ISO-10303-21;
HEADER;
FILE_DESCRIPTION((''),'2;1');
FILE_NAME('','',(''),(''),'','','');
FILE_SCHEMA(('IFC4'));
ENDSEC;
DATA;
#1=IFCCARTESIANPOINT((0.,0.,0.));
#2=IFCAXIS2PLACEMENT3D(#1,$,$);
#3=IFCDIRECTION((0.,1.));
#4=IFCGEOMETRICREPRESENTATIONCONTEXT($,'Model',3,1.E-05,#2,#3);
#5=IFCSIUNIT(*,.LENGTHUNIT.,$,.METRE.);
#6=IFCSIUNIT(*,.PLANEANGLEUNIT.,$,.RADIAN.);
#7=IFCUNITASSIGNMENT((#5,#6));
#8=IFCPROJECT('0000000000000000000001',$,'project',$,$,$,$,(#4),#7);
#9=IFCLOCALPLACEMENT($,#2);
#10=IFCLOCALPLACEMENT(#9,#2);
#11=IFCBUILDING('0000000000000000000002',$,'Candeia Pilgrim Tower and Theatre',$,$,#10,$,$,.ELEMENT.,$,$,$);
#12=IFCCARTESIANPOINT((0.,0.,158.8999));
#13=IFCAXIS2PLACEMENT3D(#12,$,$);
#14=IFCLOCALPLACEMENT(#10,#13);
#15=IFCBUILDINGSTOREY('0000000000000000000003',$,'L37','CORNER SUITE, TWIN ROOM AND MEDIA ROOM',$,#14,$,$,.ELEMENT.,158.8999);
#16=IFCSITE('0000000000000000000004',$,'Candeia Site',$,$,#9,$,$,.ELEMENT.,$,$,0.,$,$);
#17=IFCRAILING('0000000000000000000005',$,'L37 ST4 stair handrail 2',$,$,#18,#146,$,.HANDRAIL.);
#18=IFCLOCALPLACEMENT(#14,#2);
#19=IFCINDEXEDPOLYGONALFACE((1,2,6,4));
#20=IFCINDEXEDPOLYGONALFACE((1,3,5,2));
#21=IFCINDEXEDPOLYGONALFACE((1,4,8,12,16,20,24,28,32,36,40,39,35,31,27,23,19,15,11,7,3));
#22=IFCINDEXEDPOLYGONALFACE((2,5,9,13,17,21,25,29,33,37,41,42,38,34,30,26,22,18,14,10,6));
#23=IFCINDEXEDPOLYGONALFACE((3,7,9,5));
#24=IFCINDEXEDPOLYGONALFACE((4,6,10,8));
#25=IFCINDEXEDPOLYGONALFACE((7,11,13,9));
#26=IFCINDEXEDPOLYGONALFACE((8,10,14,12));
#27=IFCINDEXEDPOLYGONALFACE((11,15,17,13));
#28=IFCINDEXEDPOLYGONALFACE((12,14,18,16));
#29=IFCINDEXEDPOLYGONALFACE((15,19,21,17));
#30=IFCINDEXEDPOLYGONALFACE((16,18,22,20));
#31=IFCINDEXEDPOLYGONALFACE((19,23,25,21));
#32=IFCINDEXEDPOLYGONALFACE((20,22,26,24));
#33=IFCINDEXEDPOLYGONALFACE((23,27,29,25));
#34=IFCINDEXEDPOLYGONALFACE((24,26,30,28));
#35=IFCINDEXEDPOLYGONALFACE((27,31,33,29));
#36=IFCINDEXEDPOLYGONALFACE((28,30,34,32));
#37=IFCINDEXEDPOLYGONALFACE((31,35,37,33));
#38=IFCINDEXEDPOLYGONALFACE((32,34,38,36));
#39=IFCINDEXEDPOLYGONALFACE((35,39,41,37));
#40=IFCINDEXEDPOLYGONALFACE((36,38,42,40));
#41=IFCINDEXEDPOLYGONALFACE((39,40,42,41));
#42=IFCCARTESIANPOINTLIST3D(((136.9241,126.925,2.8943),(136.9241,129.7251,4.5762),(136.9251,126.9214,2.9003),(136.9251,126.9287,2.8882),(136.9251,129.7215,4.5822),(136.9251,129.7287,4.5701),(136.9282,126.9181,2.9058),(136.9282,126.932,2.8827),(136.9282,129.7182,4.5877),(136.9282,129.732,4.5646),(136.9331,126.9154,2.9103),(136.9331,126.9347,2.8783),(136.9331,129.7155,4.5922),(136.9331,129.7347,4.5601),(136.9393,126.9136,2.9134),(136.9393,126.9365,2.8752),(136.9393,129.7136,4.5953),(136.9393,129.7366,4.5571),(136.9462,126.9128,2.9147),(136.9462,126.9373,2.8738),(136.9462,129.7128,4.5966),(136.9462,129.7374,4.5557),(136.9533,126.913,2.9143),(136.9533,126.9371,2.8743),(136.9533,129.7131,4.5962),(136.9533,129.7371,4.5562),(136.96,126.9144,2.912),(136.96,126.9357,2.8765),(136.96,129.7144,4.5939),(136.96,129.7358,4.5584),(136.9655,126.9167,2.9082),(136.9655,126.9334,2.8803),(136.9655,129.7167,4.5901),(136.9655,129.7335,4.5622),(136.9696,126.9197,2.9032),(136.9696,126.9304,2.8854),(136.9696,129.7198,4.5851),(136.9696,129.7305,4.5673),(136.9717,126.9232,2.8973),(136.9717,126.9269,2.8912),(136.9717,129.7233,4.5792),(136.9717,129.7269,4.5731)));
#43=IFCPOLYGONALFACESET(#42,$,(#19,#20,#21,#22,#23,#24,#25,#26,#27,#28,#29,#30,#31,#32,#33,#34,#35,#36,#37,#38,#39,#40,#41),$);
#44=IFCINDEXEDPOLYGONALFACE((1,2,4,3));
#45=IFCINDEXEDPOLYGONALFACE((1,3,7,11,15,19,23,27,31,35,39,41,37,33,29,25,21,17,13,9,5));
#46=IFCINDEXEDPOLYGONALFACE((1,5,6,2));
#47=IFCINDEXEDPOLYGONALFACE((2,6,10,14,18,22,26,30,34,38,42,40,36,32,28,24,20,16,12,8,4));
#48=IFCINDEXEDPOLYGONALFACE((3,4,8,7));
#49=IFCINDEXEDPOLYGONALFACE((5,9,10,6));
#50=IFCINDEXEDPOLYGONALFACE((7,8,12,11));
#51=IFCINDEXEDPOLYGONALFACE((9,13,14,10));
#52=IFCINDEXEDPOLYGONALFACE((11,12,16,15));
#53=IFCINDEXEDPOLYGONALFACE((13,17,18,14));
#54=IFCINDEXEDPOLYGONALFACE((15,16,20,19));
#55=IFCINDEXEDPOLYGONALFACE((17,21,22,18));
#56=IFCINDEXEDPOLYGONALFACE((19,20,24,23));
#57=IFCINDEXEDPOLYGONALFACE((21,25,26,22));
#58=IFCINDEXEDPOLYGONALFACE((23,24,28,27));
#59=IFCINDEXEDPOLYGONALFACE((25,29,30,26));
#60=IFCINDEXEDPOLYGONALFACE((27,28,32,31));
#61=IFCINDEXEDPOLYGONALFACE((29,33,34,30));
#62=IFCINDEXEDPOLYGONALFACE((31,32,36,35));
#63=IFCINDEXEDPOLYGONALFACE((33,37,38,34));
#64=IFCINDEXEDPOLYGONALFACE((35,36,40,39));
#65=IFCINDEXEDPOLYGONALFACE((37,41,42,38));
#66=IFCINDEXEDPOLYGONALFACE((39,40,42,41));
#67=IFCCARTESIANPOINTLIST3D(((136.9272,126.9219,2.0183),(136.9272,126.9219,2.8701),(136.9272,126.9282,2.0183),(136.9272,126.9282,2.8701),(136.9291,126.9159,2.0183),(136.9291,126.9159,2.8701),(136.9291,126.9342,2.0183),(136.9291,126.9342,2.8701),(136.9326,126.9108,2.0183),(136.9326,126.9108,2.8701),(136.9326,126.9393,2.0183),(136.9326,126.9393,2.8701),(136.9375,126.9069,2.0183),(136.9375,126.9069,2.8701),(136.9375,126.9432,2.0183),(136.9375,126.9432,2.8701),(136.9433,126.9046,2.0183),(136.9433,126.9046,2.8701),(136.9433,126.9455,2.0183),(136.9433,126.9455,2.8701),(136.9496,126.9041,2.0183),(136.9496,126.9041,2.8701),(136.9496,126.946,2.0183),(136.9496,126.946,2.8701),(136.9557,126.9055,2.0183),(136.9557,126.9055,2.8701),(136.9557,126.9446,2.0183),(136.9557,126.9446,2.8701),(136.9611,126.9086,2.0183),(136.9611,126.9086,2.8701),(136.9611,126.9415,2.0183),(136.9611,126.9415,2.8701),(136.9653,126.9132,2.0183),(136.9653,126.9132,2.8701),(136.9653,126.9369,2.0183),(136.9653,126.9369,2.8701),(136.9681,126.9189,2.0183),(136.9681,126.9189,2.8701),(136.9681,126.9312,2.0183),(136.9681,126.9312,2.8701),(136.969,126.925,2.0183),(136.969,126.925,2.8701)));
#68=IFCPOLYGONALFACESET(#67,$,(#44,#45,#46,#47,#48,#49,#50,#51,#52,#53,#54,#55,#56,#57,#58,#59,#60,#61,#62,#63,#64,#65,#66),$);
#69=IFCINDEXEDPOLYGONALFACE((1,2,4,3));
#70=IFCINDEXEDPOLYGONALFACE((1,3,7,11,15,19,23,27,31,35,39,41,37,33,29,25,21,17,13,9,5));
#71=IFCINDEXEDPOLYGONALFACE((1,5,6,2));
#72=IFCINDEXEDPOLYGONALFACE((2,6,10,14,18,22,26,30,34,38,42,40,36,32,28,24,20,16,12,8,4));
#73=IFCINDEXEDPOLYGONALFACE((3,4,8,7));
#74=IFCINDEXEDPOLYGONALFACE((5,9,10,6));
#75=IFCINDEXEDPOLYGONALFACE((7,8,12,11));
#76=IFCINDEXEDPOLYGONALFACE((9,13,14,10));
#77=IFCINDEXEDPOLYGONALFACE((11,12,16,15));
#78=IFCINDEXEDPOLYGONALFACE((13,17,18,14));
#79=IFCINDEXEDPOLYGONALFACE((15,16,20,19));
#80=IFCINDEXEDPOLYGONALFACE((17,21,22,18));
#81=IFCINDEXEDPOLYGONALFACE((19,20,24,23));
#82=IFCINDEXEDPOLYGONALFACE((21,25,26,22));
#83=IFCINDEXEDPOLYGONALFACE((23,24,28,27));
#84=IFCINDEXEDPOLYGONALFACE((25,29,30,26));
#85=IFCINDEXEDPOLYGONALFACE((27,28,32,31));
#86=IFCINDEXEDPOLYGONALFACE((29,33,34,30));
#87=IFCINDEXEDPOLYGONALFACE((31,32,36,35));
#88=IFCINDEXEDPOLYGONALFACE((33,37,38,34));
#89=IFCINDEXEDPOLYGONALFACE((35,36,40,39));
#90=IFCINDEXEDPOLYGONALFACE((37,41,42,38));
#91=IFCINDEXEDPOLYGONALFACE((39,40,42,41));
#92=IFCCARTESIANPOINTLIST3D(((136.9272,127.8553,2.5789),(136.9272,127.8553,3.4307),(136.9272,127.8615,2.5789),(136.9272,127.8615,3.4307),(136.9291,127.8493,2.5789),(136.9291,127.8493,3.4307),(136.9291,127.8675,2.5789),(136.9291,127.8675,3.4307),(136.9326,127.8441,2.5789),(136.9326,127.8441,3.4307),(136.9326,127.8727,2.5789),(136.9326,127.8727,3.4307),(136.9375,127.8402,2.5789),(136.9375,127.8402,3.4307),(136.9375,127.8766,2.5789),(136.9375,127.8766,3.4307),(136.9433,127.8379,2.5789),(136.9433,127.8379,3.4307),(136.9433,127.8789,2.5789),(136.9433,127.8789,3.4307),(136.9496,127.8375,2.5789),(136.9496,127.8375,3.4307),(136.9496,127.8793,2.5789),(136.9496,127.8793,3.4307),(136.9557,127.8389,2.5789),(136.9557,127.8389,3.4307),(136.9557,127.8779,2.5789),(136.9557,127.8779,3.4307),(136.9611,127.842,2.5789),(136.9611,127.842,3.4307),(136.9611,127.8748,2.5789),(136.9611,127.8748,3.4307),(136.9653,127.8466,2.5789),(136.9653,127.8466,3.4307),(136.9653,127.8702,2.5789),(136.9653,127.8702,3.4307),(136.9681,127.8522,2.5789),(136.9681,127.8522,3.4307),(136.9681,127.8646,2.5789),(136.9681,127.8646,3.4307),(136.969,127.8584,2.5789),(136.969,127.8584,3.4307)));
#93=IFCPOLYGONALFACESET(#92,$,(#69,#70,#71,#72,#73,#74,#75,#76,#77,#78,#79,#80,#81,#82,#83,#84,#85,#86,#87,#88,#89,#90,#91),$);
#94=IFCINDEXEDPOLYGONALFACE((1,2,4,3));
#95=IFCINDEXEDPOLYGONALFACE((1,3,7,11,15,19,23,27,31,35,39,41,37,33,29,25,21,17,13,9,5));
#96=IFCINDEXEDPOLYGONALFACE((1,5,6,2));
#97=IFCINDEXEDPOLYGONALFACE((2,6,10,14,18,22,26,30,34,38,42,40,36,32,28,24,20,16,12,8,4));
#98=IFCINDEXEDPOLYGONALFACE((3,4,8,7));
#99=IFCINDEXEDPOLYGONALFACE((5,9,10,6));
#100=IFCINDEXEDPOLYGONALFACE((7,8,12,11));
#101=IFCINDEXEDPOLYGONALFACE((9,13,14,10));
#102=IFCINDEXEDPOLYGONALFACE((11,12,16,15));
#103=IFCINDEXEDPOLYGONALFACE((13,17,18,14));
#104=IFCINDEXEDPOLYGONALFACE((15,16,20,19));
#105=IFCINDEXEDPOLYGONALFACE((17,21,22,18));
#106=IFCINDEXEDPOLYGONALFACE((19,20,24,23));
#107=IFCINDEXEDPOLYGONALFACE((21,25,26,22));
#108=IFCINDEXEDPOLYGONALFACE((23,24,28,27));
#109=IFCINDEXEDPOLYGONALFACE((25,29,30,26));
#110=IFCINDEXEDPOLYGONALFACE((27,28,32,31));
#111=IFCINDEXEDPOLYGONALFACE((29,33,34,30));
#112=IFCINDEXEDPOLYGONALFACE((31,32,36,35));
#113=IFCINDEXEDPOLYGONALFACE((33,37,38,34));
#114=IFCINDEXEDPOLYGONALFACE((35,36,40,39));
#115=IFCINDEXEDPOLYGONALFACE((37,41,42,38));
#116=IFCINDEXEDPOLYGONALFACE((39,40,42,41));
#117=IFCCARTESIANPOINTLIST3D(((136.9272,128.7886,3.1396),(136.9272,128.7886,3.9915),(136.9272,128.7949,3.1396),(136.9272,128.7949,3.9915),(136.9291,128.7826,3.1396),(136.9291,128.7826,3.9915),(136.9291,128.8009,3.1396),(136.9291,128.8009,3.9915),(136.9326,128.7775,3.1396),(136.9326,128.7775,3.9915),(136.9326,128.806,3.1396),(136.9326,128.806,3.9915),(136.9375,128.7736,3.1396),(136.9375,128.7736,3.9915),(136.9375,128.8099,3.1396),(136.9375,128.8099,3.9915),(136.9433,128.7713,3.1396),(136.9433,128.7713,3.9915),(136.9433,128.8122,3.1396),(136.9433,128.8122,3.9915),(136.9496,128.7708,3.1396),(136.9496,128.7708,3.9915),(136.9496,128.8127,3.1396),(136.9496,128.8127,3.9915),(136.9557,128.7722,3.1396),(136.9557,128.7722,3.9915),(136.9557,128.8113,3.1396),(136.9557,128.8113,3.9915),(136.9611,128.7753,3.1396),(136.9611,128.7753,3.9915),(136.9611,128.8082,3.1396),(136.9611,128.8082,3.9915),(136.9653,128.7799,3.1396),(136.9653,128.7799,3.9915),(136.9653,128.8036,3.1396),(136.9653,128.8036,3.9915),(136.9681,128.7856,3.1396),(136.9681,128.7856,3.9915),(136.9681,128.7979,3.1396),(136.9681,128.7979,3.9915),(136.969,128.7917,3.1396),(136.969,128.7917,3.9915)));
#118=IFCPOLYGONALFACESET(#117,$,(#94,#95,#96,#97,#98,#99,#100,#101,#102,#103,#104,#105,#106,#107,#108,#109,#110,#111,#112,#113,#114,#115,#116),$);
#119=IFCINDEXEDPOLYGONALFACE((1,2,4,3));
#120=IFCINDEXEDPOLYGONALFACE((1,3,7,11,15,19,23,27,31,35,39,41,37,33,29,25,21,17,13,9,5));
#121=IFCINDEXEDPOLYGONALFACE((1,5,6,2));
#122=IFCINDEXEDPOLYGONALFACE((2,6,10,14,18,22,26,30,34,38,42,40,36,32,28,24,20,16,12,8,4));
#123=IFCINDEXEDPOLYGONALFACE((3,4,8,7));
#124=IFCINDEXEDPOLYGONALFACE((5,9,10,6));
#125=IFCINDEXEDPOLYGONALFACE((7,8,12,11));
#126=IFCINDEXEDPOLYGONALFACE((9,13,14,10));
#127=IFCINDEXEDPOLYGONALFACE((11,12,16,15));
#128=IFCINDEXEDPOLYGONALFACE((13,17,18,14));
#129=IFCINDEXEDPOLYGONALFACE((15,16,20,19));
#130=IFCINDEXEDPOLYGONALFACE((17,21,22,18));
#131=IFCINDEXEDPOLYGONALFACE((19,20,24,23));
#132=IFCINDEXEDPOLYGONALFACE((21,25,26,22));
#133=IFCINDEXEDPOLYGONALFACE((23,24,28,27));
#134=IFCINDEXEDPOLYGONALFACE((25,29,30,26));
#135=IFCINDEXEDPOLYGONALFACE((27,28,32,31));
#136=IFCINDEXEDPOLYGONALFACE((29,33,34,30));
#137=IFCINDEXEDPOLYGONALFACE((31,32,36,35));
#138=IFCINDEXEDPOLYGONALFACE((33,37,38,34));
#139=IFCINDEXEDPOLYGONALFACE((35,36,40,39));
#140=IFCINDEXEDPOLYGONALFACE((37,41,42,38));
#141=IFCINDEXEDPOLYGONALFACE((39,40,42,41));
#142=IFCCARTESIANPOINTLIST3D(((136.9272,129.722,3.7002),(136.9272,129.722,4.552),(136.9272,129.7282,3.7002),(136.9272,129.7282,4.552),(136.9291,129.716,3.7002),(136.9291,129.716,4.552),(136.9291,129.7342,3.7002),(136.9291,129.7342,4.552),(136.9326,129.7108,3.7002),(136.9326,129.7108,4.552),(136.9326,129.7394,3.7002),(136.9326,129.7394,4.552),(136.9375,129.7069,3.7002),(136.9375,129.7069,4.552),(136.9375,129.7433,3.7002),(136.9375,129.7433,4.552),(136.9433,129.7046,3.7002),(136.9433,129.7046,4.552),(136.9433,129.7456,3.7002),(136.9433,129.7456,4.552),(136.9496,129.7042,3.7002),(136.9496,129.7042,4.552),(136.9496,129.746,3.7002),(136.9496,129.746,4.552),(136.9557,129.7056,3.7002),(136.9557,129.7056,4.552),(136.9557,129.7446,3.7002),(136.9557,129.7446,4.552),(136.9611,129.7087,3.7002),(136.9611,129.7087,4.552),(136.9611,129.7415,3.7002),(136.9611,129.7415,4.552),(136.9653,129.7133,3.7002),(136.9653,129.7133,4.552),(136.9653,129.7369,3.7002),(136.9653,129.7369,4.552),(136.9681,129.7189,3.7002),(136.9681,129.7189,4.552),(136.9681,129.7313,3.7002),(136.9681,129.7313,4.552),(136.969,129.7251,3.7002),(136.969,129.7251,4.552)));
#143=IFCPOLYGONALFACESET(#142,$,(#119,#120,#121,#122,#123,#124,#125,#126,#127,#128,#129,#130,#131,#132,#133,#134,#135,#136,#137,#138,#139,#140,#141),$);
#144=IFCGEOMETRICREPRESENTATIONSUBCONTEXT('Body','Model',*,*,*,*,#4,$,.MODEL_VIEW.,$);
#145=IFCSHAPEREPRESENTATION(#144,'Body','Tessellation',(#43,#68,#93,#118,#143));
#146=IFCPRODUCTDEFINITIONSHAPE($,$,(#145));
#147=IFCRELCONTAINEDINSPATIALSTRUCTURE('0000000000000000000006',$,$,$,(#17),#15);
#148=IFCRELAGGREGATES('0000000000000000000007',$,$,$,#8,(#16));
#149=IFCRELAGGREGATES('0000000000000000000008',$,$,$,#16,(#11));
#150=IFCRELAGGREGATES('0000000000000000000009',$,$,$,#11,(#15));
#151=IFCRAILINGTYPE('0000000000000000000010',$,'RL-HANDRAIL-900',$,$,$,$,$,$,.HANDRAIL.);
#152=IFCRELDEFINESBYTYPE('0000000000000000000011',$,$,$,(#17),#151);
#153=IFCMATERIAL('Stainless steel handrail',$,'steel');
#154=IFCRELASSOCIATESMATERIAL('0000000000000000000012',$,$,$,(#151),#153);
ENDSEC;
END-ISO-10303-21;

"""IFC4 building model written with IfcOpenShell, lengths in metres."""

from ifc_helpers import new_model, si_unit, direction, frame, origin, origin_2d, place, context, subcontext, project, spatial, circle, extrude, material, type_object, element, save


model = new_model("IFC4")

# Units and contexts
model_context = context("Model", 3, precision=1e-05, world=origin(), true_north=direction((0.0, 1.0)))
body_context = subcontext(model_context, "Body", "Model", "MODEL_VIEW")
ifc_project = project(units=[si_unit("LENGTHUNIT", "METRE"), si_unit("PLANEANGLEUNIT", "RADIAN")], contexts=[model_context])

# Site, building, storey
site_placement = place(None, origin())
site = spatial("IfcSite", under=ifc_project, at=site_placement, Name="Candeia Site", CompositionType="ELEMENT", RefElevation=0.0)
building_placement = place(site_placement, origin())
building = spatial("IfcBuilding", under=site, at=building_placement, Name="Candeia Pilgrim Tower and Theatre", CompositionType="ELEMENT")
storey_placement = place(building_placement, frame((0.0, 0.0, 158.8999)))
storey = spatial("IfcBuildingStorey", under=building, at=storey_placement, Name="L37", Description="CORNER SUITE, TWIN ROOM AND MEDIA ROOM", CompositionType="ELEMENT", Elevation=158.8999)

# Railing
ifc_material_1 = material(Name="Stainless steel handrail", Category="steel")
railing_type_1 = type_object("IfcRailingType", Name="RL-HANDRAIL-900", PredefinedType="HANDRAIL", material=ifc_material_1)
railing_1_placement = place(storey_placement, frame((136.948, 126.925, 2.0183)))
element("IfcRailing", 1, at=railing_1_placement, inside=storey, type_object=railing_type_1, Name="L37 ST4 stair handrail 2", PredefinedType="HANDRAIL", context=body_context, shape_type="SweptSolid", body=[
    extrude(circle(Radius=0.0239, at=origin_2d()), frame((0.0, 0.0, 0.876), z_axis=(0.0, 0.857242, 0.514913), x_axis=(-1.0, 0.0, 0.0)), (0.0, 0.0, 1.0), 3.2664),
    extrude(circle(Radius=0.021, at=origin_2d()), origin(), (0.0, 0.0, 1.0), 0.8518),
    extrude(circle(Radius=0.021, at=origin_2d()), frame((0.0, 0.9333, 0.5605)), (0.0, 0.0, 1.0), 0.8518),
    extrude(circle(Radius=0.021, at=origin_2d()), frame((0.0, 1.8667, 1.1213)), (0.0, 0.0, 1.0), 0.8518),
    extrude(circle(Radius=0.021, at=origin_2d()), frame((0.0, 2.8, 1.6819)), (0.0, 0.0, 1.0), 0.8518),
])

save(model, "model.ifc")
